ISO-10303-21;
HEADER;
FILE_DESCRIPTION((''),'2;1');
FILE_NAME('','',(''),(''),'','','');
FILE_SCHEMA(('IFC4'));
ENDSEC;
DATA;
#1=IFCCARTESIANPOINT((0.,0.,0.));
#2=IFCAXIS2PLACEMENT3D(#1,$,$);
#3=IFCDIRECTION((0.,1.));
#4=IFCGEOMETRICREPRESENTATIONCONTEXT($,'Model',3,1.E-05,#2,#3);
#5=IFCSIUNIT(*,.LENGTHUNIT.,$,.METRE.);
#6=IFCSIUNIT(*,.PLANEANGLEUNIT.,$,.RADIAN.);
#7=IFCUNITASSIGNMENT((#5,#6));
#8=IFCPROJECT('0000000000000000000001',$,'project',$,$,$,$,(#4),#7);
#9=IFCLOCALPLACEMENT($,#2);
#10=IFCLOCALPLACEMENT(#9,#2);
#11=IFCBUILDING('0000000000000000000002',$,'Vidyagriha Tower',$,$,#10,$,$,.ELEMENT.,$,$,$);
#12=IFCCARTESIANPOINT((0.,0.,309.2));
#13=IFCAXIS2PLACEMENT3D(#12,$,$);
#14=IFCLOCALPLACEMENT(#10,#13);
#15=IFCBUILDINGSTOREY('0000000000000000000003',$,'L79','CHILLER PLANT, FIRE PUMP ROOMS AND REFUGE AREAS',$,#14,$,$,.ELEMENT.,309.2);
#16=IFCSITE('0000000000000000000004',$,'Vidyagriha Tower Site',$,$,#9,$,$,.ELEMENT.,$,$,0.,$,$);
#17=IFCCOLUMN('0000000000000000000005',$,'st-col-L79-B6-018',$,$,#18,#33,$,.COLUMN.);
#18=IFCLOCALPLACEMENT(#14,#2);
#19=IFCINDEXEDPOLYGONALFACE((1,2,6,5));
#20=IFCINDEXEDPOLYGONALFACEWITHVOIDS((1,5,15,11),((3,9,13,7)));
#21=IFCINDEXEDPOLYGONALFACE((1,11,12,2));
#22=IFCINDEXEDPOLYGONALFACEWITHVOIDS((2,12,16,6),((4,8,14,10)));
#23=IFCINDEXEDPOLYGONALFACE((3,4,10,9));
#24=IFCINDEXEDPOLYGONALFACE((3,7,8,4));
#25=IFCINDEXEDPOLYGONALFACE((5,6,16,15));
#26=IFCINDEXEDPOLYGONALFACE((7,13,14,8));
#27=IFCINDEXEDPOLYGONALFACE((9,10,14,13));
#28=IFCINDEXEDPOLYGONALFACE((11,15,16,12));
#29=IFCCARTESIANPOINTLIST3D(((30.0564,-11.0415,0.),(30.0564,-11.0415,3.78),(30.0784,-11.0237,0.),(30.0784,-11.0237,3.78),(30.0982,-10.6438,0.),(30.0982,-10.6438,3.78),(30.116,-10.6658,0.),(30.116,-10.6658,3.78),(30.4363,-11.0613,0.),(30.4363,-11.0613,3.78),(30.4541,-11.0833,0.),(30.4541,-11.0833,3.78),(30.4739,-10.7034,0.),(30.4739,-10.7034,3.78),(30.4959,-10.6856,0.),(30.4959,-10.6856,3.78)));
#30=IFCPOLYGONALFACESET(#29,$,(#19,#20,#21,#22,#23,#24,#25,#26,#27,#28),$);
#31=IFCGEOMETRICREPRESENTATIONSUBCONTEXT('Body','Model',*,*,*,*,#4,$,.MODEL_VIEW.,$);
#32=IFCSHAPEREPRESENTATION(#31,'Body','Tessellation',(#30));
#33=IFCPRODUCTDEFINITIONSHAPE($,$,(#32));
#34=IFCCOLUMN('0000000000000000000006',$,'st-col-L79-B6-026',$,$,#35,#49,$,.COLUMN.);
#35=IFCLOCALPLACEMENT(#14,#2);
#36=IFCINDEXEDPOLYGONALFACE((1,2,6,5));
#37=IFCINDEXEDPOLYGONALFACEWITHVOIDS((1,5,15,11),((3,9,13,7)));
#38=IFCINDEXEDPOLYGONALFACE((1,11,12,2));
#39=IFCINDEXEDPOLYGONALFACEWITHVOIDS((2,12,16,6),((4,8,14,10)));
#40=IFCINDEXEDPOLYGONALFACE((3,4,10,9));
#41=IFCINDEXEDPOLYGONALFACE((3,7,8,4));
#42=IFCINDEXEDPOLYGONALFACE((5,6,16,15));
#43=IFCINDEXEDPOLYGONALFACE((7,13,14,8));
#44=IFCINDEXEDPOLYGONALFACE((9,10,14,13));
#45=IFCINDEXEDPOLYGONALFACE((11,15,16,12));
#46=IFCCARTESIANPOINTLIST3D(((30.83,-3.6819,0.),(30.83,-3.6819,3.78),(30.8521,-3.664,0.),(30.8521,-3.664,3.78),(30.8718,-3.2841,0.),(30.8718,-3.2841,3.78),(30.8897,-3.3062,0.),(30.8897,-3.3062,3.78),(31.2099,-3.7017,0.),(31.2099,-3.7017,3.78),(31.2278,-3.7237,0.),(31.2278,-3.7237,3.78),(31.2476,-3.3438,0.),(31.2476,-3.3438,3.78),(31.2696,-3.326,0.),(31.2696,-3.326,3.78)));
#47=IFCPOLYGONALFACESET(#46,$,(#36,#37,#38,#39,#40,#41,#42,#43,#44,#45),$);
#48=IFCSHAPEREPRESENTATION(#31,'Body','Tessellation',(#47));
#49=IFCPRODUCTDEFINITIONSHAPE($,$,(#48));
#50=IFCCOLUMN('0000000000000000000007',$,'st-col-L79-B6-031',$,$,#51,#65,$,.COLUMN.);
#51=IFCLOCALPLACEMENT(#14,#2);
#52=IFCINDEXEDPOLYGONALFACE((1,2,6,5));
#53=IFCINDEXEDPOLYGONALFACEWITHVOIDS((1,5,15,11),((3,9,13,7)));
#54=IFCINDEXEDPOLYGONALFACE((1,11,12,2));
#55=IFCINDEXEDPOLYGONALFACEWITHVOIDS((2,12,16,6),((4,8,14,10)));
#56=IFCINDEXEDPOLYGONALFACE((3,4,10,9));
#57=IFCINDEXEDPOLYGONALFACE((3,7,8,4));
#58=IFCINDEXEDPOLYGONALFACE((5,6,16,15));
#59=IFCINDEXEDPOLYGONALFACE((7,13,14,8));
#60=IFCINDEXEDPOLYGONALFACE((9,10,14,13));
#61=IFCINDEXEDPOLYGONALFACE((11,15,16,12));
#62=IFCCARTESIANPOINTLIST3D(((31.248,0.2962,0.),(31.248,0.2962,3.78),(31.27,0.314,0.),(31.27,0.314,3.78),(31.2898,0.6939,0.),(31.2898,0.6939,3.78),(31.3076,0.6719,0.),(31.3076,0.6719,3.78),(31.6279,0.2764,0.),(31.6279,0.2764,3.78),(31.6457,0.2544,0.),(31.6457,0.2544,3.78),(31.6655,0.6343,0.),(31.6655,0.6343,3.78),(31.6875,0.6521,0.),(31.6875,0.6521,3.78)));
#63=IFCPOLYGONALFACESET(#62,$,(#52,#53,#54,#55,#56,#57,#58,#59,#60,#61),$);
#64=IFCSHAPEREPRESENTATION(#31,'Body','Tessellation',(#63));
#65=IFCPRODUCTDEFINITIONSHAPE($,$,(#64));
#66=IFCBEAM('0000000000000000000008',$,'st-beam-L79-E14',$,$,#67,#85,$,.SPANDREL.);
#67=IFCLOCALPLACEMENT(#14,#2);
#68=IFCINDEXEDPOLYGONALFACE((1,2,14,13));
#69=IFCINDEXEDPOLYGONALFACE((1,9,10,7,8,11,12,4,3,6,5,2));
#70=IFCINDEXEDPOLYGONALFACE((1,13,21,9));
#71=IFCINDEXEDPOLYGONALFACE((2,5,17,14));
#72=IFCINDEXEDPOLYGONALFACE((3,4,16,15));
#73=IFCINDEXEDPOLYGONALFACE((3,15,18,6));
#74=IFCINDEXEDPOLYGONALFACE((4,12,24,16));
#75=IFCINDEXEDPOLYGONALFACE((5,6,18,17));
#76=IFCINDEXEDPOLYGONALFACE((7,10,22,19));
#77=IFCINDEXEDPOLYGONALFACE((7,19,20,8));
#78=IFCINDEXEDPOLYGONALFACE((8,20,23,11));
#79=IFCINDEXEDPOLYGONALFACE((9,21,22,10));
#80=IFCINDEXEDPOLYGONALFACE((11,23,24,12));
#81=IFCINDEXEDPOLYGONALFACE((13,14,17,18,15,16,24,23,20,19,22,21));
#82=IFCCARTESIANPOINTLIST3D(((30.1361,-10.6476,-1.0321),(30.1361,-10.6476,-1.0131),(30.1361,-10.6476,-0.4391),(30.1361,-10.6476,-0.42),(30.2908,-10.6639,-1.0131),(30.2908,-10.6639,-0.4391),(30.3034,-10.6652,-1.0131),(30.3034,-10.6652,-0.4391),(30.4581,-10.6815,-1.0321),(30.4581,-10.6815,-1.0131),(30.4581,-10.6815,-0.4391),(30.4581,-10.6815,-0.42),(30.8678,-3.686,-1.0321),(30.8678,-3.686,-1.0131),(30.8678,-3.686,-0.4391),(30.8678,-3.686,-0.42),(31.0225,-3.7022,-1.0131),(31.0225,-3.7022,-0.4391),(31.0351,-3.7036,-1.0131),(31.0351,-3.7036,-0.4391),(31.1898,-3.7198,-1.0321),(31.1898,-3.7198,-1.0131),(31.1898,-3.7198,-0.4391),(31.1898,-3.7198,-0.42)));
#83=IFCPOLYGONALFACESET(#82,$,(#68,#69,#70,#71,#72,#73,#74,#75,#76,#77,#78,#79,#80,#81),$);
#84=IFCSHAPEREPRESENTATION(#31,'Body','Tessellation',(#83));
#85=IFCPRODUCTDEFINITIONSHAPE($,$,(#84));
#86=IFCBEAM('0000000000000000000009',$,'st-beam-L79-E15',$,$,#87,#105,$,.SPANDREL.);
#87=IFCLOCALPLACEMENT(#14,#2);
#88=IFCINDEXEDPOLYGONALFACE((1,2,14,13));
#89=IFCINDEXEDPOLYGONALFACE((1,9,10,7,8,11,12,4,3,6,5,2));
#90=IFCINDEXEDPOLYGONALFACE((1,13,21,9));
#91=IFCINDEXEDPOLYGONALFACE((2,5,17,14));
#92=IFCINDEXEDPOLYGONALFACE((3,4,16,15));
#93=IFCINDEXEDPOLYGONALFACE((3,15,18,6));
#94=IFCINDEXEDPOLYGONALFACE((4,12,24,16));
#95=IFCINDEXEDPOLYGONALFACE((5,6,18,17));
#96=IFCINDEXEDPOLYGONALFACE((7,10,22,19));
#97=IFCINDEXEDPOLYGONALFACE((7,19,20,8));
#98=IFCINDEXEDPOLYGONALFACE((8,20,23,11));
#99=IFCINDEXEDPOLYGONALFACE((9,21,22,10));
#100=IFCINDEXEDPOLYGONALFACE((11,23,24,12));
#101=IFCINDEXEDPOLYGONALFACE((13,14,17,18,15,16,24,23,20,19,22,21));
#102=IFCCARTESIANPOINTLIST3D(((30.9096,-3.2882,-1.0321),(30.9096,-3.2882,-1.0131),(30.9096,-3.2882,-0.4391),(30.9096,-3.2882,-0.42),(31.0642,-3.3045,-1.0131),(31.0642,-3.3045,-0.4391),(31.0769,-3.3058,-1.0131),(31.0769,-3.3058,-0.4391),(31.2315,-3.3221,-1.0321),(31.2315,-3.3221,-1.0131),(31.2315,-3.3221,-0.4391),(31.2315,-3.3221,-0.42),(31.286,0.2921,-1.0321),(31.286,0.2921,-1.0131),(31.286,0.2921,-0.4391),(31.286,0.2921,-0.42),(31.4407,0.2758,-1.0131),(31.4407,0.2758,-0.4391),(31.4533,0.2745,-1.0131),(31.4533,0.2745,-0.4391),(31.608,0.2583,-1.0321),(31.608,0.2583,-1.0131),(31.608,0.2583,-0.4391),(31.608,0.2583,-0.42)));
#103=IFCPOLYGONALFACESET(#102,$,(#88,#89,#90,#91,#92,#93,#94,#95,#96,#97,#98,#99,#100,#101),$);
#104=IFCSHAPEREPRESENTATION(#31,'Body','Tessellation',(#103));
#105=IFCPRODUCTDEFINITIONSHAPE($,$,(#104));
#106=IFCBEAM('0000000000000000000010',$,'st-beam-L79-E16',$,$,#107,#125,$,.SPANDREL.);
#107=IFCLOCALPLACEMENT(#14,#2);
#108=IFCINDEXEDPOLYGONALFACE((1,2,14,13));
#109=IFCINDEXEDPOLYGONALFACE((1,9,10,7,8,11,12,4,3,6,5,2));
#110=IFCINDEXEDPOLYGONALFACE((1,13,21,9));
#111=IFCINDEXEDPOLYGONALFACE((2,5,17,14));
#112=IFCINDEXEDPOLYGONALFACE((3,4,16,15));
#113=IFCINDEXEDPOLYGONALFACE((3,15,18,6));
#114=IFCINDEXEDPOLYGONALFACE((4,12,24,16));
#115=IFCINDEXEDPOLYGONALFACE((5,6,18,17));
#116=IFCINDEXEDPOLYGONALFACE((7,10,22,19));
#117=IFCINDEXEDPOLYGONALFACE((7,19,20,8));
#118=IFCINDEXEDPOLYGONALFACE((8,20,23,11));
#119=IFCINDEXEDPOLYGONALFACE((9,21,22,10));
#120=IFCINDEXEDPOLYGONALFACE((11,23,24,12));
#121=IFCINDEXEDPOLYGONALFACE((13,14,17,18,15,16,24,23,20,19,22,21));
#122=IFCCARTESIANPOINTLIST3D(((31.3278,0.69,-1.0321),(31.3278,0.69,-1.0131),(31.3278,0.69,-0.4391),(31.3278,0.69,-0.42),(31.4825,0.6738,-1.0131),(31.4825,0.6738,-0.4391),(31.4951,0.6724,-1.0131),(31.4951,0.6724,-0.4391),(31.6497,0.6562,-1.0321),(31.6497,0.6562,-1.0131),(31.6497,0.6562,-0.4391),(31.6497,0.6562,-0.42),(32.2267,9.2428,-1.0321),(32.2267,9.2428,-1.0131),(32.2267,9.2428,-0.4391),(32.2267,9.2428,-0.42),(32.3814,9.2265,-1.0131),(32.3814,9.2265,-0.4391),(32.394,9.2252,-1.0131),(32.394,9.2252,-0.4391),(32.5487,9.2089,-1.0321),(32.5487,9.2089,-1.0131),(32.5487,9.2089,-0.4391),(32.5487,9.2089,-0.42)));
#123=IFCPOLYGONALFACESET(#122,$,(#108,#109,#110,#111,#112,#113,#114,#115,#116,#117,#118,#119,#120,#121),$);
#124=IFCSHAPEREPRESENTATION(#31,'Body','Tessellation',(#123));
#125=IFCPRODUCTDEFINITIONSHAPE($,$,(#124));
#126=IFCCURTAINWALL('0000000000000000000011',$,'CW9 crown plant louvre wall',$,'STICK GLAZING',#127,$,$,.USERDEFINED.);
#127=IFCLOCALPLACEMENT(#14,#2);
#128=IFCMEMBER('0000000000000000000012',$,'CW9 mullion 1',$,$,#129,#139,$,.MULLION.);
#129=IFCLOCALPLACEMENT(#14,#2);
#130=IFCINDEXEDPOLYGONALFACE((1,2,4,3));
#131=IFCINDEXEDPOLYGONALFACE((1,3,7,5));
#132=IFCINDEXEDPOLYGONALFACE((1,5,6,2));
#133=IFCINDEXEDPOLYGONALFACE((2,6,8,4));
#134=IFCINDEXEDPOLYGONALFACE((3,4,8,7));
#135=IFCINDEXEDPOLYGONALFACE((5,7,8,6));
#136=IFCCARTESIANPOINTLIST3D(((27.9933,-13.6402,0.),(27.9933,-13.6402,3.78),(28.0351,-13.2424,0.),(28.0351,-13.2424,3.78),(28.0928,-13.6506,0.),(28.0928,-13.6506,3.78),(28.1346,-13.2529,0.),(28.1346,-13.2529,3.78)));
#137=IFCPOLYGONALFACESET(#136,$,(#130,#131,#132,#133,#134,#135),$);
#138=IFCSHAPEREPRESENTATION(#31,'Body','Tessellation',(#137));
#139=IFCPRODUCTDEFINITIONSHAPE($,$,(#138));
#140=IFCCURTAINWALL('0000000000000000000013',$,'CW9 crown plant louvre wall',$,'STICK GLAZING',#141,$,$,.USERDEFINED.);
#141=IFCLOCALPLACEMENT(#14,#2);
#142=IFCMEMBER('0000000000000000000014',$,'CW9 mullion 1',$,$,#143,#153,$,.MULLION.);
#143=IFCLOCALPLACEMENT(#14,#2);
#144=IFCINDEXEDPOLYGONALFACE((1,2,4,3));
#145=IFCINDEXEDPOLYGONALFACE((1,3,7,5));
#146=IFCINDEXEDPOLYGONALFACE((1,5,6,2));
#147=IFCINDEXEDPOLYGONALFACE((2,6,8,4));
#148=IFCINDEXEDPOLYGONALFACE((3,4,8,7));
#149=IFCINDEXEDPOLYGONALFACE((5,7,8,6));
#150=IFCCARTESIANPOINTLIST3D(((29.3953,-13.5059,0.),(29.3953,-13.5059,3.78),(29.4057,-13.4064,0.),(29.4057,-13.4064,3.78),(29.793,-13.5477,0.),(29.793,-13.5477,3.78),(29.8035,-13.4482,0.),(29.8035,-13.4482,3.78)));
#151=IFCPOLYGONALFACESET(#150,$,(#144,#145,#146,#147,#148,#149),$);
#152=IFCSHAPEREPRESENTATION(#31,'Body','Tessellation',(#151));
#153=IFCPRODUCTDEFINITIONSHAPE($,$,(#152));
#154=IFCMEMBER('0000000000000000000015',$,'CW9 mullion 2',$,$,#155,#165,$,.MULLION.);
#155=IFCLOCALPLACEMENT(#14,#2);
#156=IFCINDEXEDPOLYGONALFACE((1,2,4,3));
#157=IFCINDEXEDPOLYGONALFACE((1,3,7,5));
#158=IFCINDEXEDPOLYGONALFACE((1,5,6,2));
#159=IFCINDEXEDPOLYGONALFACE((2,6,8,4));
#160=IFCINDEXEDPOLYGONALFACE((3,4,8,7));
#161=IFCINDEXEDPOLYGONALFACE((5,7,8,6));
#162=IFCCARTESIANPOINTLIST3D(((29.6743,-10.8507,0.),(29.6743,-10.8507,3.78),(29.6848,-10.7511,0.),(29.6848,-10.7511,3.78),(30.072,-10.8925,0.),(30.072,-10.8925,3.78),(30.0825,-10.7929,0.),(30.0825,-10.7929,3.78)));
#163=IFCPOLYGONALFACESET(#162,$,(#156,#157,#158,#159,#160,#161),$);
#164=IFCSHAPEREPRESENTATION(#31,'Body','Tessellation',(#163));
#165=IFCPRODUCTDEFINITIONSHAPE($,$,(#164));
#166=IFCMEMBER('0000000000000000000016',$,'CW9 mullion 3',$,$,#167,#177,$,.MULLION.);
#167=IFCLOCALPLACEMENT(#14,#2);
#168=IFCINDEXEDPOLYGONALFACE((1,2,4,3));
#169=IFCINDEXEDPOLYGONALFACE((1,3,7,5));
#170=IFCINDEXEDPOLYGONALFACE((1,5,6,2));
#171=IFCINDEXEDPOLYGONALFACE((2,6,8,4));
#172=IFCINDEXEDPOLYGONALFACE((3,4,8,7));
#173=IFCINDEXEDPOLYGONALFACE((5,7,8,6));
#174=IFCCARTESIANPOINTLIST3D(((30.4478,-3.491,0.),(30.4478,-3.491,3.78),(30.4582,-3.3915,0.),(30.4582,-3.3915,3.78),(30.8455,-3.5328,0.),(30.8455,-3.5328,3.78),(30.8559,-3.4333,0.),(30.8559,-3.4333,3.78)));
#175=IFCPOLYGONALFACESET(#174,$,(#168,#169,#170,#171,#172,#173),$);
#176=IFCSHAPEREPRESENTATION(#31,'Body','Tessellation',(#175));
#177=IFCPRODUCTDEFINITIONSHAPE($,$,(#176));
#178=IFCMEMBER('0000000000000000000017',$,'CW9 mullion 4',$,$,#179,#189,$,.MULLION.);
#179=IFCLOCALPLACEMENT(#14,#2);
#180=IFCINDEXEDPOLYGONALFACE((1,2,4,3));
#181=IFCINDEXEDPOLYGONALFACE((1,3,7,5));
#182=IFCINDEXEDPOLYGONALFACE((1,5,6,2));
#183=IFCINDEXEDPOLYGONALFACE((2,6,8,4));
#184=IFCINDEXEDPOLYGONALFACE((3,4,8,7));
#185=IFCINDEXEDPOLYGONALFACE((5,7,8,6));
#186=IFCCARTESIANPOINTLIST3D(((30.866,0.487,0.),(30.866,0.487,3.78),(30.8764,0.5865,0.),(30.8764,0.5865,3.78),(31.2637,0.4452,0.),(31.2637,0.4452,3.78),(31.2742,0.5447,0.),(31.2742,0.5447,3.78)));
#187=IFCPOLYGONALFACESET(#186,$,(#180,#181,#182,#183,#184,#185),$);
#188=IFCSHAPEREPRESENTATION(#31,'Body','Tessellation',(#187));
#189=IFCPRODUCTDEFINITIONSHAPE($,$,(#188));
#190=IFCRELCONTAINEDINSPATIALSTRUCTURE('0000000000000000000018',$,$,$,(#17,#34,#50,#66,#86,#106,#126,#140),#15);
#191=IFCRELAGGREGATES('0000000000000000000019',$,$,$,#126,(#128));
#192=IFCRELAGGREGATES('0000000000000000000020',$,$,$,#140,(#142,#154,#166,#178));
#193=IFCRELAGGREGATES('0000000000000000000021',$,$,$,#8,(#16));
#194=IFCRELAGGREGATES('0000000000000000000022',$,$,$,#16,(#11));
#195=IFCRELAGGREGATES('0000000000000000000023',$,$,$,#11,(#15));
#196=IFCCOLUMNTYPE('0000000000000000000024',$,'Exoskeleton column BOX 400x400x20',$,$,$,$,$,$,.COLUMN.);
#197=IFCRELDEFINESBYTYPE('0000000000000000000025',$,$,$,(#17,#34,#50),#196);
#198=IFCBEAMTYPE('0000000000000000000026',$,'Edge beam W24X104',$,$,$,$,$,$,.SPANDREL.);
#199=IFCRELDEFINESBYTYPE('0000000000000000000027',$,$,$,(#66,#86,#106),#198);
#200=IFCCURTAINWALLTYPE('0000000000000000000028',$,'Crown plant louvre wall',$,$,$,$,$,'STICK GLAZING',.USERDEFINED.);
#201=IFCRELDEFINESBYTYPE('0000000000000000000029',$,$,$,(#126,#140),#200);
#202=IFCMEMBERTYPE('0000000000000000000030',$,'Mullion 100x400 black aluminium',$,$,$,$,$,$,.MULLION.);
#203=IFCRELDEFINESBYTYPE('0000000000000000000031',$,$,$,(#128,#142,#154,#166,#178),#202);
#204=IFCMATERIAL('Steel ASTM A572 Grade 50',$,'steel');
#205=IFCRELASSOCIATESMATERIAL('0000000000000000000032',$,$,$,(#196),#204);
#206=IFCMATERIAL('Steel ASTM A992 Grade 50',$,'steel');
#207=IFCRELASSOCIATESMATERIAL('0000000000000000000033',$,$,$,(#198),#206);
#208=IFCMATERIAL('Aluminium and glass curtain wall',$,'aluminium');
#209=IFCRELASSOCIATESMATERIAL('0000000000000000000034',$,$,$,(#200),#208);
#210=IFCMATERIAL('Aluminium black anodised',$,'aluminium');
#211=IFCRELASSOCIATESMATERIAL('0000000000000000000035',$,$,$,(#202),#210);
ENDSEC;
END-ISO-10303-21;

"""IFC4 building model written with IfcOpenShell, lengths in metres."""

from ifc_helpers import new_model, si_unit, direction, frame, origin, origin_2d, place, context, subcontext, project, spatial, rectangle, hollow_rectangle, i_section, extrude, material, material_profile, profile_set, type_object, element, aggregate, save


model = new_model("IFC4")

# Units and contexts
model_context = context("Model", 3, precision=1e-05, world=origin(), true_north=direction((0.0, 1.0)))
body_context = subcontext(model_context, "Body", "Model", "MODEL_VIEW")
ifc_project = project(units=[si_unit("LENGTHUNIT", "METRE"), si_unit("PLANEANGLEUNIT", "RADIAN")], contexts=[model_context])

# Site, building, storey
site_placement = place(None, origin())
site = spatial("IfcSite", under=ifc_project, at=site_placement, Name="Vidyagriha Tower Site", CompositionType="ELEMENT", RefElevation=0.0)
building_placement = place(site_placement, origin())
building = spatial("IfcBuilding", under=site, at=building_placement, Name="Vidyagriha Tower", CompositionType="ELEMENT")
storey_placement = place(building_placement, frame((0.0, 0.0, 309.2)))
storey = spatial("IfcBuildingStorey", under=building, at=storey_placement, Name="L79", Description="CHILLER PLANT, FIRE PUMP ROOMS AND REFUGE AREAS", CompositionType="ELEMENT", Elevation=309.2)

# Columns
ifc_material_1 = material(Name="Steel ASTM A572 Grade 50", Category="steel")
ifc_material_profile_1 = material_profile(ifc_material_1, hollow_rectangle(XDim=0.3999, YDim=0.3999, WallThickness=0.02, at=origin_2d()), Name="BOX 400x400x20")
ifc_profile_set_1 = profile_set([ifc_material_profile_1], Name="Steel ASTM A572 Grade 50")
column_type = type_object("IfcColumnType", Name="Exoskeleton column BOX 400x400x20", PredefinedType="COLUMN", material=ifc_profile_set_1)
for number, where, z_axis, x_axis, name in (
    (1, (30.2761, -10.8635, 0.0), (0.0, 0.0, 1.0), (0.994522, -0.104528, 0.0), "st-col-L79-B6-018"),
    (2, (31.0498, -3.5039, 0.0), (0.0, 0.0, 1.0), (0.994522, -0.104528, 0.0), "st-col-L79-B6-026"),
    (3, (31.4678, 0.4741, 0.0), (0.0, 0.0, 1.0), (0.994522, -0.104528, 0.0), "st-col-L79-B6-031"),
):
    element("IfcColumn", number, at=place(storey_placement, frame(where, z_axis=z_axis, x_axis=x_axis)), inside=storey, type_object=column_type, Name=name, PredefinedType="COLUMN", context=body_context, shape_type="SweptSolid", body=[
        extrude(hollow_rectangle(XDim=0.3999, YDim=0.3999, WallThickness=0.02, at=origin_2d()), origin(), (0.0, 0.0, 1.0), 3.78),
    ])

# Beams
ifc_material_2 = material(Name="Steel ASTM A992 Grade 50", Category="steel")
ifc_material_profile_2 = material_profile(ifc_material_2, i_section(OverallWidth=0.3237, OverallDepth=0.6121, WebThickness=0.0127, FlangeThickness=0.019, at=origin_2d()), Name="W24X104")
ifc_profile_set_2 = profile_set([ifc_material_profile_2], Name="Steel ASTM A992 Grade 50")
beam_type = type_object("IfcBeamType", Name="Edge beam W24X104", PredefinedType="SPANDREL", material=ifc_profile_set_2)
beam_1_placement = place(storey_placement, frame((30.2971, -10.6646, -0.7261), z_axis=(0.104527, 0.994522, 0.0), x_axis=(-0.994522, 0.104527, 0.0)))
element("IfcBeam", 4, at=beam_1_placement, inside=storey, type_object=beam_type, Name="st-beam-L79-E14", PredefinedType="SPANDREL", context=body_context, shape_type="SweptSolid", body=[
    extrude(i_section(OverallWidth=0.3237, OverallDepth=0.6121, WebThickness=0.0127, FlangeThickness=0.019, at=origin_2d()), origin(), (0.0, 0.0, 1.0), 7.0),
])
beam_2_placement = place(storey_placement, frame((31.0706, -3.3052, -0.7261), z_axis=(0.104572, 0.994517, 0.0), x_axis=(-0.994517, 0.104572, 0.0)))
element("IfcBeam", 5, at=beam_2_placement, inside=storey, type_object=beam_type, Name="st-beam-L79-E15", PredefinedType="SPANDREL", context=body_context, shape_type="SweptSolid", body=[
    extrude(i_section(OverallWidth=0.3237, OverallDepth=0.6121, WebThickness=0.0127, FlangeThickness=0.019, at=origin_2d()), origin(), (0.0, 0.0, 1.0), 3.6001),
])
beam_3_placement = place(storey_placement, frame((31.4888, 0.6731, -0.7261), z_axis=(0.104528, 0.994522, 0.0), x_axis=(-0.994522, 0.104528, 0.0)))
element("IfcBeam", 6, at=beam_3_placement, inside=storey, type_object=beam_type, Name="st-beam-L79-E16", PredefinedType="SPANDREL", context=body_context, shape_type="SweptSolid", body=[
    extrude(i_section(OverallWidth=0.3237, OverallDepth=0.6121, WebThickness=0.0127, FlangeThickness=0.019, at=origin_2d()), origin(), (0.0, 0.0, 1.0), 8.5999),
])

# Curtain wall, member
ifc_material_3 = material(Name="Aluminium and glass curtain wall", Category="aluminium")
curtain_wall_type = type_object("IfcCurtainWallType", Name="Crown plant louvre wall", ElementType="STICK GLAZING", PredefinedType="USERDEFINED", material=ifc_material_3)
curtain_wall_1_placement = place(storey_placement, origin())
curtain_wall_1 = element("IfcCurtainWall", 7, at=curtain_wall_1_placement, inside=storey, type_object=curtain_wall_type, Name="CW9 crown plant louvre wall", ObjectType="STICK GLAZING", PredefinedType="USERDEFINED")
ifc_material_4 = material(Name="Aluminium black anodised", Category="aluminium")
ifc_material_profile_3 = material_profile(ifc_material_4, rectangle(XDim=0.3999, YDim=0.1001, at=origin_2d()), Name="Mullion 100x400 black aluminium")
ifc_profile_set_3 = profile_set([ifc_material_profile_3], Name="Aluminium black anodised")
member_type_1 = type_object("IfcMemberType", Name="Mullion 100x400 black aluminium", PredefinedType="MULLION", material=ifc_profile_set_3)
member_1_placement = place(storey_placement, frame((28.064, -13.4465, 0.0), z_axis=(0.0, 0.0, 1.0), x_axis=(0.104512, 0.994524, 0.0)))
member_1 = element("IfcMember", 8, at=member_1_placement, type_object=member_type_1, Name="CW9 mullion 1", PredefinedType="MULLION", context=body_context, shape_type="SweptSolid", body=[
    extrude(rectangle(XDim=0.3999, YDim=0.1001, at=origin_2d()), origin(), (0.0, 0.0, 1.0), 3.78),
])

# Curtain wall, members
curtain_wall_2_placement = place(storey_placement, origin())
curtain_wall_2 = element("IfcCurtainWall", 9, at=curtain_wall_2_placement, inside=storey, type_object=curtain_wall_type, Name="CW9 crown plant louvre wall", ObjectType="STICK GLAZING", PredefinedType="USERDEFINED")
member_2_placement = place(storey_placement, frame((29.5994, -13.4771, 0.0), z_axis=(0.0, 0.0, 1.0), x_axis=(-0.994522, 0.104527, 0.0)))
member_2 = element("IfcMember", 10, at=member_2_placement, type_object=member_type_1, Name="CW9 mullion 1", PredefinedType="MULLION", context=body_context, shape_type="SweptSolid", body=[
    extrude(rectangle(XDim=0.3999, YDim=0.1001, at=origin_2d()), origin(), (0.0, 0.0, 1.0), 3.78),
])
member_3_placement = place(storey_placement, frame((29.8784, -10.8218, 0.0), z_axis=(0.0, 0.0, 1.0), x_axis=(-0.994522, 0.104527, 0.0)))
member_3 = element("IfcMember", 11, at=member_3_placement, type_object=member_type_1, Name="CW9 mullion 2", PredefinedType="MULLION", context=body_context, shape_type="SweptSolid", body=[
    extrude(rectangle(XDim=0.3999, YDim=0.1001, at=origin_2d()), origin(), (0.0, 0.0, 1.0), 3.78),
])
member_4_placement = place(storey_placement, frame((30.6519, -3.4622, 0.0), z_axis=(0.0, 0.0, 1.0), x_axis=(-0.994522, 0.104527, 0.0)))
member_4 = element("IfcMember", 12, at=member_4_placement, type_object=member_type_1, Name="CW9 mullion 3", PredefinedType="MULLION", context=body_context, shape_type="SweptSolid", body=[
    extrude(rectangle(XDim=0.3999, YDim=0.1001, at=origin_2d()), origin(), (0.0, 0.0, 1.0), 3.78),
])
member_5_placement = place(storey_placement, frame((31.0701, 0.5159, 0.0), z_axis=(0.0, 0.0, 1.0), x_axis=(-0.994522, 0.104527, 0.0)))
member_5 = element("IfcMember", 13, at=member_5_placement, type_object=member_type_1, Name="CW9 mullion 4", PredefinedType="MULLION", context=body_context, shape_type="SweptSolid", body=[
    extrude(rectangle(XDim=0.3999, YDim=0.1001, at=origin_2d()), origin(), (0.0, 0.0, 1.0), 3.78),
])

aggregate(curtain_wall_1, [member_1])

aggregate(curtain_wall_2, [member_2, member_3, member_4, member_5])

save(model, "model.ifc")
